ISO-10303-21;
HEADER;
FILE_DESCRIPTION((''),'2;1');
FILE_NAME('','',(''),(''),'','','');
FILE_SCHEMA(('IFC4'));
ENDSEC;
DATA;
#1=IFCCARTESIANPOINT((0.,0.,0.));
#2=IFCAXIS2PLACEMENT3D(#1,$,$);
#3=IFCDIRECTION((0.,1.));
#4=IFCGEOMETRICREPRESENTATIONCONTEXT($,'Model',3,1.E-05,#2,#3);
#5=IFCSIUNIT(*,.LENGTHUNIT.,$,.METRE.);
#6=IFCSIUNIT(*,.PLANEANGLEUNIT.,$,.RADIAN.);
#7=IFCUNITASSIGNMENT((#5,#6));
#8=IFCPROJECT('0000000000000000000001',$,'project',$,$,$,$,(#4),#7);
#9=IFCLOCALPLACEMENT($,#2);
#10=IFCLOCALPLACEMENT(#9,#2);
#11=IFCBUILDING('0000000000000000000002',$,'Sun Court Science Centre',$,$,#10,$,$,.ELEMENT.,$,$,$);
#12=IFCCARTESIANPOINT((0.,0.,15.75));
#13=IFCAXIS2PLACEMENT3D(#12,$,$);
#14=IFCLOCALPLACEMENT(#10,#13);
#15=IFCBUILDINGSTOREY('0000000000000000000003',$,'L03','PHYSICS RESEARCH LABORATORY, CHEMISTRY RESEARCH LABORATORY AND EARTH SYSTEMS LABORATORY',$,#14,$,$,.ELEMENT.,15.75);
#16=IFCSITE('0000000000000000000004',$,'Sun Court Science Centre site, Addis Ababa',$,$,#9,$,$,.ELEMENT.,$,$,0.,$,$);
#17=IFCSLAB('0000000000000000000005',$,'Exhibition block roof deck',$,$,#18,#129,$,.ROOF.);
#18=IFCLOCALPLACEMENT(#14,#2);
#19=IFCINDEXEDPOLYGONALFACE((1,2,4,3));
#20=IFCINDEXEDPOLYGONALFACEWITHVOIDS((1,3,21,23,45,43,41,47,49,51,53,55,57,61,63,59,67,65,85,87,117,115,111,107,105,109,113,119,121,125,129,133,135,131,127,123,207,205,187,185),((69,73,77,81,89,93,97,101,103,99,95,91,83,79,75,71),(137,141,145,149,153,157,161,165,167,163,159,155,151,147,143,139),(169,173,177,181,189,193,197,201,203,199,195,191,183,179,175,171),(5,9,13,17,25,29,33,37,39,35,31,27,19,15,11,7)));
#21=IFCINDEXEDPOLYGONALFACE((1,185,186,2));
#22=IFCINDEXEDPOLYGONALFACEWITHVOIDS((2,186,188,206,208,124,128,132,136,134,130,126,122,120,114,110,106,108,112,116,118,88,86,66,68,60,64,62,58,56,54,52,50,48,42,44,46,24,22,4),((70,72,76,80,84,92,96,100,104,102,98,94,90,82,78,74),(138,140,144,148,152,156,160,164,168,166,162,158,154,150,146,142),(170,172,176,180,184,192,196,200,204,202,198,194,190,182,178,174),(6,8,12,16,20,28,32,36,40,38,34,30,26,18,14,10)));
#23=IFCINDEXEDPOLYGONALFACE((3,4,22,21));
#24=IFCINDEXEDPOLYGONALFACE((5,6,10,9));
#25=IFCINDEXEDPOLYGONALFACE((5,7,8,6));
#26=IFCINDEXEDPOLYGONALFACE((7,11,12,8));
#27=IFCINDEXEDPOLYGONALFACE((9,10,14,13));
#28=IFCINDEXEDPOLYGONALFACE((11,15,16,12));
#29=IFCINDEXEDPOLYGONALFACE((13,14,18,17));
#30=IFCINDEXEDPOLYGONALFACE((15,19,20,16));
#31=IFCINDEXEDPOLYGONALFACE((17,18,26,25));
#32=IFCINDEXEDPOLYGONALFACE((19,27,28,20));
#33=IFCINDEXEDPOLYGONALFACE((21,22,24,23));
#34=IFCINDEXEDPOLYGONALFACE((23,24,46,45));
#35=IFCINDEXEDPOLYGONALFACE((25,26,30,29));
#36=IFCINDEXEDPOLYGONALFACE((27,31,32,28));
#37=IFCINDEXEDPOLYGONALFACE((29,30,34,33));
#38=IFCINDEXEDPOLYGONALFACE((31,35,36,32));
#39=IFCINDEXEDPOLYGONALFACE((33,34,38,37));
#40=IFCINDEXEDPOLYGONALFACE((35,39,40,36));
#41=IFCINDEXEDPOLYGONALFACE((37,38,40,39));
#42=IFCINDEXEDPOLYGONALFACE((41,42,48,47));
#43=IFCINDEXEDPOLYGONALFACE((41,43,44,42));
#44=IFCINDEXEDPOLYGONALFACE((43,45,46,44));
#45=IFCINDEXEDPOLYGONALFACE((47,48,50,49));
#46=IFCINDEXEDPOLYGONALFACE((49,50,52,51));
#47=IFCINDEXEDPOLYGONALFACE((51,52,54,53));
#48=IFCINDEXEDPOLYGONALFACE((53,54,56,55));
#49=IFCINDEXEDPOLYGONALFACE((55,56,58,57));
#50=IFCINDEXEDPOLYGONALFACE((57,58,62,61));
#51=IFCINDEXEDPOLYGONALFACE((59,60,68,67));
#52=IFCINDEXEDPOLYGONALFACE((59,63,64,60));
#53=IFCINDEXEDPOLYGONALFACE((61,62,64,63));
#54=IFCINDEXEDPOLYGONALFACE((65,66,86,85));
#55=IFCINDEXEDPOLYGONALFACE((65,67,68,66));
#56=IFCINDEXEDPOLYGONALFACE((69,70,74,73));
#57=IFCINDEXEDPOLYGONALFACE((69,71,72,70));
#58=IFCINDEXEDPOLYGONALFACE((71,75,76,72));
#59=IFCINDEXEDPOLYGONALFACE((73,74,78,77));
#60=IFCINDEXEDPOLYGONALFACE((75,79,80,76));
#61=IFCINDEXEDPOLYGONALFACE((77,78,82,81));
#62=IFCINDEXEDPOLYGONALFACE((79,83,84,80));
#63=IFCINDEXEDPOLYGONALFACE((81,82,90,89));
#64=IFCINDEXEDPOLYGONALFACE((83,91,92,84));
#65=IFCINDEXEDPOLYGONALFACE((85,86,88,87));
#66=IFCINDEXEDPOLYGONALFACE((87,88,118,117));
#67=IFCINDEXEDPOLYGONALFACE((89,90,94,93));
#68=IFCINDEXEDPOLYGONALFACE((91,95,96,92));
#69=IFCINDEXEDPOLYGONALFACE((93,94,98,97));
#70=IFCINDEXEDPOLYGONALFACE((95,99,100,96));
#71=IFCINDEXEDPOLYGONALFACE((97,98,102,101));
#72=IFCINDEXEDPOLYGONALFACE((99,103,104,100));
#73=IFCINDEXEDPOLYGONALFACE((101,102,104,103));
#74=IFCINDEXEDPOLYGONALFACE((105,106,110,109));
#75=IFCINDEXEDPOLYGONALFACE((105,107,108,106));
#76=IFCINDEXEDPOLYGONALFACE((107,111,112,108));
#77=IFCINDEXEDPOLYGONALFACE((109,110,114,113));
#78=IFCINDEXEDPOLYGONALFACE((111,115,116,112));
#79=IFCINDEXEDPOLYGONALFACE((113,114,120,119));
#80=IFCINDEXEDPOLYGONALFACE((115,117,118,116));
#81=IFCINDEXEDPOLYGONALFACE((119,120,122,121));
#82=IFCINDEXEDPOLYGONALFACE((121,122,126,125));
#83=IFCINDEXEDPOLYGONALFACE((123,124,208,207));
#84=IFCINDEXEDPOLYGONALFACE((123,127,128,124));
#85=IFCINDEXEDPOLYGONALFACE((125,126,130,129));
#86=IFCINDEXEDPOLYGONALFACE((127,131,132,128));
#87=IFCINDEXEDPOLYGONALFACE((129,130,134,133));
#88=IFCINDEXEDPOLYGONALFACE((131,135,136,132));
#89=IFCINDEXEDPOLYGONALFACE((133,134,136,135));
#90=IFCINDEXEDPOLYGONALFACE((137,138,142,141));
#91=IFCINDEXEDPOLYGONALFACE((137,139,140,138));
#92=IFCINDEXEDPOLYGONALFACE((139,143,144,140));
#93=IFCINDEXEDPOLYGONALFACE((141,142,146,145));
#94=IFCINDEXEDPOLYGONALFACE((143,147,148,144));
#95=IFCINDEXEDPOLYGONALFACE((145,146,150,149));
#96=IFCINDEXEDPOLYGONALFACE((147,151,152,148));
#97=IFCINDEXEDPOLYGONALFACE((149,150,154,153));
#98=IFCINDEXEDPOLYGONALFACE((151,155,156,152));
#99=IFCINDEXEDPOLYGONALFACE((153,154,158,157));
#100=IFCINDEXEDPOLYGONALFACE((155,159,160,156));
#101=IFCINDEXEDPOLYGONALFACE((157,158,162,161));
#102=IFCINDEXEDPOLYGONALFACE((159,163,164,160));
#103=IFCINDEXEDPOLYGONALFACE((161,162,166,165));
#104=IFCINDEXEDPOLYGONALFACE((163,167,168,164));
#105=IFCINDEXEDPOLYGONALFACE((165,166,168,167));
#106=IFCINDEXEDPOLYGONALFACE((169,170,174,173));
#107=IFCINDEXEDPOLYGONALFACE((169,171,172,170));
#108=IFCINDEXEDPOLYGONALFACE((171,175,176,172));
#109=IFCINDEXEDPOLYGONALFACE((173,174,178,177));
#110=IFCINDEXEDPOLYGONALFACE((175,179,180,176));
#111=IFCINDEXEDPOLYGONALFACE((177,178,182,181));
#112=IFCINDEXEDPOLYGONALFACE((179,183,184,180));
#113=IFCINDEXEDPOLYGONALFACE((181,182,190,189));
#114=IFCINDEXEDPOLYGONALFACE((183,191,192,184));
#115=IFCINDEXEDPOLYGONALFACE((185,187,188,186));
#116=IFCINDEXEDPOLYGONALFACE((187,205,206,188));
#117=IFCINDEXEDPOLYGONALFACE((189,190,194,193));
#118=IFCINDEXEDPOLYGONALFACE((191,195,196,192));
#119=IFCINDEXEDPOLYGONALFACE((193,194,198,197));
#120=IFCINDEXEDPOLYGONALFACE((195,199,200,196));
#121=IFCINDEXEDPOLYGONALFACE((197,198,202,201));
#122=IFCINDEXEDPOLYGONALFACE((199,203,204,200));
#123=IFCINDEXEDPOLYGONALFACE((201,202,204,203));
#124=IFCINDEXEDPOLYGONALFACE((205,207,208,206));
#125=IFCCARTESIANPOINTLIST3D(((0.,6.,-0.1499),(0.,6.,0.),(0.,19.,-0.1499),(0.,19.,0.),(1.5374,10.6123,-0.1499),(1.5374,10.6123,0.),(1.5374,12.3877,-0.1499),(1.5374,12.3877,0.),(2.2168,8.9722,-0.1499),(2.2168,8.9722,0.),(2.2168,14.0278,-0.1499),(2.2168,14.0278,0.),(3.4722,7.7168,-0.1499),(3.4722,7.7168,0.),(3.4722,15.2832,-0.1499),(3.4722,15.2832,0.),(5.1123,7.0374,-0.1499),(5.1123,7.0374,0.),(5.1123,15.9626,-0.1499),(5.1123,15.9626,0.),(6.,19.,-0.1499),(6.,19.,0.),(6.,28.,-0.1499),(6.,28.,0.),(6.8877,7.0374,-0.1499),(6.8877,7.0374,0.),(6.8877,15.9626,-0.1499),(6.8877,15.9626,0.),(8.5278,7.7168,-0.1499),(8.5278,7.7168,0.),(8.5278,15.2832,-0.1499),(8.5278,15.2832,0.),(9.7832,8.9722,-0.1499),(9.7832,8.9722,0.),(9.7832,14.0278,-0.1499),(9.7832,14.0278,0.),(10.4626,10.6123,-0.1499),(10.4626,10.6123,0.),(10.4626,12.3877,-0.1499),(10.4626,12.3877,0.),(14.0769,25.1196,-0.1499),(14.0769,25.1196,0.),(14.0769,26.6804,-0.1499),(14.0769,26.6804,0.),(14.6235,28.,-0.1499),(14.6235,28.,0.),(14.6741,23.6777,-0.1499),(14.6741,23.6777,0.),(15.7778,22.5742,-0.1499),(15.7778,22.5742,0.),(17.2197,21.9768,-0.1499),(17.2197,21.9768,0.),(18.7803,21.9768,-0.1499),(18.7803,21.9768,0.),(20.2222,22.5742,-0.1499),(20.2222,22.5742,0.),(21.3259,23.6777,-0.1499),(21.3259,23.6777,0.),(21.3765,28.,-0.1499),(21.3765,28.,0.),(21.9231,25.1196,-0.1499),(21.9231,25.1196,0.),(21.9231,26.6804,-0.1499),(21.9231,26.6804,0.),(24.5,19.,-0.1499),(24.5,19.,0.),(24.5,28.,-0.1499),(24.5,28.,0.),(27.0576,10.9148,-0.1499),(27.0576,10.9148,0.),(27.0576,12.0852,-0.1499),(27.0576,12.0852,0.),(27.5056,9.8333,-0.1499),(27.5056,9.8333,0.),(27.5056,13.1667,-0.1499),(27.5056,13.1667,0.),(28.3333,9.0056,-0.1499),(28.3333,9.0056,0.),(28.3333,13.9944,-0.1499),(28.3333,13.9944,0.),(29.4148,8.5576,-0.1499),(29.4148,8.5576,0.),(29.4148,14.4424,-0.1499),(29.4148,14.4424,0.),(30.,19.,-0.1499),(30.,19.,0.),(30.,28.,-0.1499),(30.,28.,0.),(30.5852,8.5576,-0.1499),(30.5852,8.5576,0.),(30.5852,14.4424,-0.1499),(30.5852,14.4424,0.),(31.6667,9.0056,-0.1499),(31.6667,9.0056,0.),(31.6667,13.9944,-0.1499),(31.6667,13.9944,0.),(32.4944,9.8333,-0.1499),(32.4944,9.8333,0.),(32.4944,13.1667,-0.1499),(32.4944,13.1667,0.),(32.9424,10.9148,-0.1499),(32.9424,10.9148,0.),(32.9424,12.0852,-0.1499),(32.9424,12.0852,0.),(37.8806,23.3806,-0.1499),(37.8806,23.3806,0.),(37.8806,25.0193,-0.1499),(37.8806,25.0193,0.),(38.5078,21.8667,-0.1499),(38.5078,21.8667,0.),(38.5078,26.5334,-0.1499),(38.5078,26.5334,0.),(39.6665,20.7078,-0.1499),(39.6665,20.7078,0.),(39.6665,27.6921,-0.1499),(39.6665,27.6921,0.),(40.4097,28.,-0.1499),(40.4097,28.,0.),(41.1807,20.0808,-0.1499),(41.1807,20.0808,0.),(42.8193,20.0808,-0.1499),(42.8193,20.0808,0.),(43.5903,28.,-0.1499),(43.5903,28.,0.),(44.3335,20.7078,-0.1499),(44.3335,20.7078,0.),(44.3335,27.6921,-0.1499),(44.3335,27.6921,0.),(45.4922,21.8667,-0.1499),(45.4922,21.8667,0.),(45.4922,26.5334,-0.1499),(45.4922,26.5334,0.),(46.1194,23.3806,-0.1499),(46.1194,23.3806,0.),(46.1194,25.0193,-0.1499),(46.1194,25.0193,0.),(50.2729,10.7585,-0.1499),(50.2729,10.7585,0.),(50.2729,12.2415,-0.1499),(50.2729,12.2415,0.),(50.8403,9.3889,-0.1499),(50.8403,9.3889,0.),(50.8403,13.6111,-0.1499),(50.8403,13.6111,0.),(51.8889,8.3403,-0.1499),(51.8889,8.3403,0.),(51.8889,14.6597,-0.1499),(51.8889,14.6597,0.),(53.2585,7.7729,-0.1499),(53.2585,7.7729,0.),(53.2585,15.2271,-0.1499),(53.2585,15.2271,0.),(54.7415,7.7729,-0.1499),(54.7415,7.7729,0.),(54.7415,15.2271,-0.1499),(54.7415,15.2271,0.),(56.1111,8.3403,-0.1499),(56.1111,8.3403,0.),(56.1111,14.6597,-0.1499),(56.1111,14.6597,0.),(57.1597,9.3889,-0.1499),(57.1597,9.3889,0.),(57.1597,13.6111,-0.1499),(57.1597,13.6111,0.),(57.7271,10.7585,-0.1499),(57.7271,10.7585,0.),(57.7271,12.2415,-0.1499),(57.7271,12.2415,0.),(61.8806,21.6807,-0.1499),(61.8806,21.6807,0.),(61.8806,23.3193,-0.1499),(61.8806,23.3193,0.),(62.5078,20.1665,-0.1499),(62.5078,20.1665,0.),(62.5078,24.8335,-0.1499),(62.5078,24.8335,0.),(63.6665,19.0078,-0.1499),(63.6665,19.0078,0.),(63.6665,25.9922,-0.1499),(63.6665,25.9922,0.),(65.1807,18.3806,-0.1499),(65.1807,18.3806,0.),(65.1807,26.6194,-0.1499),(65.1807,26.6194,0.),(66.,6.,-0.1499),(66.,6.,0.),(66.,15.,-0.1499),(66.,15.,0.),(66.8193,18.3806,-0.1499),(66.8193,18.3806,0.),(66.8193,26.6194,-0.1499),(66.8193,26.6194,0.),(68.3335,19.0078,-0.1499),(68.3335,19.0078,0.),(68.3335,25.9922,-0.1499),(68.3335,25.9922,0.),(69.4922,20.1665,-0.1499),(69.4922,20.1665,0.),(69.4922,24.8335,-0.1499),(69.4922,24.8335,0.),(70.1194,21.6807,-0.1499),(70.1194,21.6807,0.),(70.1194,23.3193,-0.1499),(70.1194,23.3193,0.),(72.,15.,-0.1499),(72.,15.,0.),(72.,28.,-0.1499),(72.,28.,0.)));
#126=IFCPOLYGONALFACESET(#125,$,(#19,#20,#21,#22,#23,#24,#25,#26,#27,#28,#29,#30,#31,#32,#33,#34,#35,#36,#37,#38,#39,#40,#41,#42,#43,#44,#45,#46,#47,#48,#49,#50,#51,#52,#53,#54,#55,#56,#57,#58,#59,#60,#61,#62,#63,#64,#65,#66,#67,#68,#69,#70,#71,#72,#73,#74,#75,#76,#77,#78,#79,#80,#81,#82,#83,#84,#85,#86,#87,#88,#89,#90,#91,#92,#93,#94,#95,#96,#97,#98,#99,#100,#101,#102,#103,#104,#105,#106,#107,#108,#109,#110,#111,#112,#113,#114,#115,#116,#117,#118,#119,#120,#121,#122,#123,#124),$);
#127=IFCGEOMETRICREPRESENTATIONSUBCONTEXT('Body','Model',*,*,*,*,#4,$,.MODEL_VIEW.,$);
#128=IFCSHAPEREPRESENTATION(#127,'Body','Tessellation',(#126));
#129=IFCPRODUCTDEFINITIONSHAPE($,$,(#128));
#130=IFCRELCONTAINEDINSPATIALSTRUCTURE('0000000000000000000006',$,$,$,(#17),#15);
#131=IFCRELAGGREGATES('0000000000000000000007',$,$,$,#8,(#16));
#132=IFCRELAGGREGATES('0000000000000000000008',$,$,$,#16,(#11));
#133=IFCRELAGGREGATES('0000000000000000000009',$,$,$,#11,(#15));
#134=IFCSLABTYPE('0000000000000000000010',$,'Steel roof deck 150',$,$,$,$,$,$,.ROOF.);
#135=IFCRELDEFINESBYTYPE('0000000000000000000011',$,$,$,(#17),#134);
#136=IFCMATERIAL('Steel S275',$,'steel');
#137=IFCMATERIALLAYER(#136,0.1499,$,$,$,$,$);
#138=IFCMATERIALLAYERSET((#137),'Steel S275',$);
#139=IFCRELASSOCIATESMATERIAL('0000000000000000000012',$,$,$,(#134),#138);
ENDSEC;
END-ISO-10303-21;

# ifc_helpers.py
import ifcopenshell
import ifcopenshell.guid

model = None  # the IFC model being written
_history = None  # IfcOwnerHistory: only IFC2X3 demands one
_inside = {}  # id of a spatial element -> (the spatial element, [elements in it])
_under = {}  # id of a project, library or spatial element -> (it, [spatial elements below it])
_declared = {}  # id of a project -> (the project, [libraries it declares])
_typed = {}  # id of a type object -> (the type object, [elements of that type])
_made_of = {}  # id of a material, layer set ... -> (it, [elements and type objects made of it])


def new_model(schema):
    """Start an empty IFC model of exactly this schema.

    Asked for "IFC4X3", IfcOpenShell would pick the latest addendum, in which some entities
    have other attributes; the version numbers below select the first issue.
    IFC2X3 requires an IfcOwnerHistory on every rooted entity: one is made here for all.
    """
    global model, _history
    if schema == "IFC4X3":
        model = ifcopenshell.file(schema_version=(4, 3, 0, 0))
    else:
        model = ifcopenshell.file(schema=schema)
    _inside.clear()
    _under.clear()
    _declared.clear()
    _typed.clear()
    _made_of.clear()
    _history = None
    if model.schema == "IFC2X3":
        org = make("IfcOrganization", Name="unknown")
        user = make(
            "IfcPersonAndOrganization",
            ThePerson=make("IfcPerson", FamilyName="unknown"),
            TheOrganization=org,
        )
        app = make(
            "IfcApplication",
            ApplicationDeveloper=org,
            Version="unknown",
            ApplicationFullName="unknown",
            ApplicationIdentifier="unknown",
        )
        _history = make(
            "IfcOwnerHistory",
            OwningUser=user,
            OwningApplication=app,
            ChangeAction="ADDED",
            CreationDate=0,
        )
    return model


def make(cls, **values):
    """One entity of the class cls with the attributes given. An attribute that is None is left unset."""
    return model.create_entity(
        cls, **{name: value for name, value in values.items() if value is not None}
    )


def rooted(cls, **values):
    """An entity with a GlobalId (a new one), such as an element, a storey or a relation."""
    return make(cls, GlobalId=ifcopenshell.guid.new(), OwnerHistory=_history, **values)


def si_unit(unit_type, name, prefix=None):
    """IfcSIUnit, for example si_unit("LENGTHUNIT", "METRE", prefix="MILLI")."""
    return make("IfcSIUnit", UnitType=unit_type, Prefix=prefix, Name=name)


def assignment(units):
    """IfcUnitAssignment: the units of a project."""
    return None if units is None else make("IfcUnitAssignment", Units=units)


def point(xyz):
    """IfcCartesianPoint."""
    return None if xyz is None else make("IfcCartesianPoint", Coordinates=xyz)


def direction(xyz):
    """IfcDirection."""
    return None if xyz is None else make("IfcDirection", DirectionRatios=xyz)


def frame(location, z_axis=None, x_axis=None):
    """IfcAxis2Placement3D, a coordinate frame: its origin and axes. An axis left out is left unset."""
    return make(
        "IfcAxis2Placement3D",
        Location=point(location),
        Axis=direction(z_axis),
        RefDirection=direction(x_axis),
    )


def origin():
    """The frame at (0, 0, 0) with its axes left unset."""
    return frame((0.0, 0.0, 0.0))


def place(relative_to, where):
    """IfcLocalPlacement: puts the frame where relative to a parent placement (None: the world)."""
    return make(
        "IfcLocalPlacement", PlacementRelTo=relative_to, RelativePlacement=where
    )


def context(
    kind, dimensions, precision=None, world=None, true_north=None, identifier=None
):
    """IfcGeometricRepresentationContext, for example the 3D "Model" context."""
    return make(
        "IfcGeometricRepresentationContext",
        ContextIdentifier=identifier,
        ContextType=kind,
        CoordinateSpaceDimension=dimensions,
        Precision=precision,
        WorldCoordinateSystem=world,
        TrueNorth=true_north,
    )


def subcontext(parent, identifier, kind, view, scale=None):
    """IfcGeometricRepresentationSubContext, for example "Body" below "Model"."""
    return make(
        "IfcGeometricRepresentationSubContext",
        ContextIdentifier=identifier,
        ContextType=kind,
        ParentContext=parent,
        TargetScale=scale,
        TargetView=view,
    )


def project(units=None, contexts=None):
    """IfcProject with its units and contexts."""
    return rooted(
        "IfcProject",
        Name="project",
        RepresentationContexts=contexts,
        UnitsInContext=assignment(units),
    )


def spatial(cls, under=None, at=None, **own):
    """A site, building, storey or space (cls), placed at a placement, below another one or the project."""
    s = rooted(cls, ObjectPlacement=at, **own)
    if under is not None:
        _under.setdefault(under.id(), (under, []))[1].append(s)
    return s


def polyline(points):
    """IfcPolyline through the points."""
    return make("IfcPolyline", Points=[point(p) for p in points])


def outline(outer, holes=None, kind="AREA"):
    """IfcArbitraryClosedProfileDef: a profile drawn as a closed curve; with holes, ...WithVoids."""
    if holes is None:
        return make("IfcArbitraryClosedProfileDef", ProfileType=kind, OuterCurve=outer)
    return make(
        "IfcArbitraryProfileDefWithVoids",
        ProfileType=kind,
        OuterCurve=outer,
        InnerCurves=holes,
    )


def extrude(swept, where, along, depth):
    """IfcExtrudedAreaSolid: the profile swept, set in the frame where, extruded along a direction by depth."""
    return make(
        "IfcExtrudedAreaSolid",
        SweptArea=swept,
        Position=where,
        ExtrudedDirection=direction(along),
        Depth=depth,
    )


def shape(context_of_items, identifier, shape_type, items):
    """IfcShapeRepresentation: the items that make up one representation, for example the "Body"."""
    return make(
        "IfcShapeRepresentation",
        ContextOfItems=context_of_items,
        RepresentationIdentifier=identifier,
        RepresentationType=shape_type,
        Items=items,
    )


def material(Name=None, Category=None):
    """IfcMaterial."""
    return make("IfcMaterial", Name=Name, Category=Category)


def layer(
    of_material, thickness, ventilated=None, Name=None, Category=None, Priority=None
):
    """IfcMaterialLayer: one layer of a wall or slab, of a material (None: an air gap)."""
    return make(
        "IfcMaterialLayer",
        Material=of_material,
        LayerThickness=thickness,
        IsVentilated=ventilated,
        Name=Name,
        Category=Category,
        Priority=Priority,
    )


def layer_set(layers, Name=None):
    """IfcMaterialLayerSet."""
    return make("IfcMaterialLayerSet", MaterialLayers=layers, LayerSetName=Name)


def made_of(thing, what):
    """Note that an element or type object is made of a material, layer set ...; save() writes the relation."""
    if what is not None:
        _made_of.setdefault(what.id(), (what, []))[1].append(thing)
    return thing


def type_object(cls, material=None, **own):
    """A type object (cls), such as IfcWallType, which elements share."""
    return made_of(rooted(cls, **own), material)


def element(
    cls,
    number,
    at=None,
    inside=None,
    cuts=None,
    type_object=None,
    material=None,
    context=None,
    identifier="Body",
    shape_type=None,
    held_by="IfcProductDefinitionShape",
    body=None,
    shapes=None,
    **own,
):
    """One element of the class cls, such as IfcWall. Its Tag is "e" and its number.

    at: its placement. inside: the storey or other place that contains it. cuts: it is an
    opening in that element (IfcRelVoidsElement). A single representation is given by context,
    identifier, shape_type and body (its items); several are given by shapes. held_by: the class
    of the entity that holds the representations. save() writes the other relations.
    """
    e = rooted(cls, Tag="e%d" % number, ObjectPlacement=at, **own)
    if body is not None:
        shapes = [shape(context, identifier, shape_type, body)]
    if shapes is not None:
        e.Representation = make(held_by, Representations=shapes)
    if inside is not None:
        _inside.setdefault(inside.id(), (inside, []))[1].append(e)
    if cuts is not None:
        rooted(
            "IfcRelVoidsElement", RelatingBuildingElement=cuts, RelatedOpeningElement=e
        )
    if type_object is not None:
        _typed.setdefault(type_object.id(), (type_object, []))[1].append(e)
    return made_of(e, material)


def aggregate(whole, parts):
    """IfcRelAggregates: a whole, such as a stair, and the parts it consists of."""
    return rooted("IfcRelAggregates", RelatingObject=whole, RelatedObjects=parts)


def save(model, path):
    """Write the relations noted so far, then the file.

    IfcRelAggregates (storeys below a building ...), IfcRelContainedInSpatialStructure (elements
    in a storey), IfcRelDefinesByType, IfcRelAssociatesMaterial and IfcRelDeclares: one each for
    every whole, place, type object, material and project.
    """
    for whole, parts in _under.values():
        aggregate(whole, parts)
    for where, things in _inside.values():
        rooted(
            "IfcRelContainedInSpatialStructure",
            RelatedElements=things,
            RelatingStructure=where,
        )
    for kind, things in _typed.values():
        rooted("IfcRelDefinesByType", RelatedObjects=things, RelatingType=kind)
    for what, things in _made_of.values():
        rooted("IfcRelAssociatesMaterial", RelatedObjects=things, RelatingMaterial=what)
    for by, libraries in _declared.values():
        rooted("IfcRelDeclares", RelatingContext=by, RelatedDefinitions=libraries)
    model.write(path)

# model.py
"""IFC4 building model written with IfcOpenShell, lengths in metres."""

from ifc_helpers import new_model, si_unit, direction, frame, origin, place, context, subcontext, project, spatial, polyline, outline, extrude, material, layer, layer_set, type_object, element, save


model = new_model("IFC4")

# Units and contexts
model_context = context("Model", 3, precision=1e-05, world=origin(), true_north=direction((0.0, 1.0)))
body_context = subcontext(model_context, "Body", "Model", "MODEL_VIEW")
ifc_project = project(units=[si_unit("LENGTHUNIT", "METRE"), si_unit("PLANEANGLEUNIT", "RADIAN")], contexts=[model_context])

# Site, building, storey
site_placement = place(None, origin())
site = spatial("IfcSite", under=ifc_project, at=site_placement, Name="Sun Court Science Centre site, Addis Ababa", CompositionType="ELEMENT", RefElevation=0.0)
building_placement = place(site_placement, origin())
building = spatial("IfcBuilding", under=site, at=building_placement, Name="Sun Court Science Centre", CompositionType="ELEMENT")
storey_placement = place(building_placement, frame((0.0, 0.0, 15.75)))
storey = spatial("IfcBuildingStorey", under=building, at=storey_placement, Name="L03", Description="PHYSICS RESEARCH LABORATORY, CHEMISTRY RESEARCH LABORATORY AND EARTH SYSTEMS LABORATORY", CompositionType="ELEMENT", Elevation=15.75)

# Slab
ifc_material_1 = material(Name="Steel S275", Category="steel")
ifc_layer_1 = layer(ifc_material_1, 0.1499)
ifc_layer_set_1 = layer_set([ifc_layer_1], Name="Steel S275")
slab_type_1 = type_object("IfcSlabType", Name="Steel roof deck 150", PredefinedType="ROOF", material=ifc_layer_set_1)
slab_1_placement = place(storey_placement, frame((0.0, 0.0, -0.1499)))
element("IfcSlab", 1, at=slab_1_placement, inside=storey, type_object=slab_type_1, Name="Exhibition block roof deck", PredefinedType="ROOF", context=body_context, shape_type="SweptSolid", body=[
    extrude(outline(polyline([(72.0, 28.0), (43.5903, 28.0), (44.3335, 27.6921), (45.4922, 26.5334), (46.1194, 25.0193), (46.1194, 23.3806), (45.4922, 21.8667), (44.3335, 20.7078), (42.8193, 20.0808), (41.1807, 20.0808), (39.6665, 20.7078), (38.5078, 21.8667), (37.8806, 23.3806), (37.8806, 25.0193), (38.5078, 26.5334), (39.6665, 27.6921), (40.4097, 28.0), (30.0, 28.0), (30.0, 19.0), (24.5, 19.0), (24.5, 28.0), (21.3765, 28.0), (21.9231, 26.6804), (21.9231, 25.1196), (21.3259, 23.6777), (20.2222, 22.5742), (18.7803, 21.9768), (17.2197, 21.9768), (15.7778, 22.5742), (14.6741, 23.6777), (14.0769, 25.1196), (14.0769, 26.6804), (14.6235, 28.0), (6.0, 28.0), (6.0, 19.0), (0.0, 19.0), (0.0, 6.0), (66.0, 6.0), (66.0, 15.0), (72.0, 15.0), (72.0, 28.0)]), holes=[polyline([(69.4922, 20.1665), (68.3335, 19.0078), (66.8193, 18.3806), (65.1807, 18.3806), (63.6665, 19.0078), (62.5078, 20.1665), (61.8806, 21.6807), (61.8806, 23.3193), (62.5078, 24.8335), (63.6665, 25.9922), (65.1807, 26.6194), (66.8193, 26.6194), (68.3335, 25.9922), (69.4922, 24.8335), (70.1194, 23.3193), (70.1194, 21.6807), (69.4922, 20.1665)]), polyline([(57.1597, 9.3889), (56.1111, 8.3403), (54.7415, 7.7729), (53.2585, 7.7729), (51.8889, 8.3403), (50.8403, 9.3889), (50.2729, 10.7585), (50.2729, 12.2415), (50.8403, 13.6111), (51.8889, 14.6597), (53.2585, 15.2271), (54.7415, 15.2271), (56.1111, 14.6597), (57.1597, 13.6111), (57.7271, 12.2415), (57.7271, 10.7585), (57.1597, 9.3889)]), polyline([(32.4944, 9.8333), (31.6667, 9.0056), (30.5852, 8.5576), (29.4148, 8.5576), (28.3333, 9.0056), (27.5056, 9.8333), (27.0576, 10.9148), (27.0576, 12.0852), (27.5056, 13.1667), (28.3333, 13.9944), (29.4148, 14.4424), (30.5852, 14.4424), (31.6667, 13.9944), (32.4944, 13.1667), (32.9424, 12.0852), (32.9424, 10.9148), (32.4944, 9.8333)]), polyline([(9.7832, 8.9722), (8.5278, 7.7168), (6.8877, 7.0374), (5.1123, 7.0374), (3.4722, 7.7168), (2.2168, 8.9722), (1.5374, 10.6123), (1.5374, 12.3877), (2.2168, 14.0278), (3.4722, 15.2832), (5.1123, 15.9626), (6.8877, 15.9626), (8.5278, 15.2832), (9.7832, 14.0278), (10.4626, 12.3877), (10.4626, 10.6123), (9.7832, 8.9722)])]), origin(), (0.0, 0.0, 1.0), 0.1499),
])

save(model, "model.ifc")
